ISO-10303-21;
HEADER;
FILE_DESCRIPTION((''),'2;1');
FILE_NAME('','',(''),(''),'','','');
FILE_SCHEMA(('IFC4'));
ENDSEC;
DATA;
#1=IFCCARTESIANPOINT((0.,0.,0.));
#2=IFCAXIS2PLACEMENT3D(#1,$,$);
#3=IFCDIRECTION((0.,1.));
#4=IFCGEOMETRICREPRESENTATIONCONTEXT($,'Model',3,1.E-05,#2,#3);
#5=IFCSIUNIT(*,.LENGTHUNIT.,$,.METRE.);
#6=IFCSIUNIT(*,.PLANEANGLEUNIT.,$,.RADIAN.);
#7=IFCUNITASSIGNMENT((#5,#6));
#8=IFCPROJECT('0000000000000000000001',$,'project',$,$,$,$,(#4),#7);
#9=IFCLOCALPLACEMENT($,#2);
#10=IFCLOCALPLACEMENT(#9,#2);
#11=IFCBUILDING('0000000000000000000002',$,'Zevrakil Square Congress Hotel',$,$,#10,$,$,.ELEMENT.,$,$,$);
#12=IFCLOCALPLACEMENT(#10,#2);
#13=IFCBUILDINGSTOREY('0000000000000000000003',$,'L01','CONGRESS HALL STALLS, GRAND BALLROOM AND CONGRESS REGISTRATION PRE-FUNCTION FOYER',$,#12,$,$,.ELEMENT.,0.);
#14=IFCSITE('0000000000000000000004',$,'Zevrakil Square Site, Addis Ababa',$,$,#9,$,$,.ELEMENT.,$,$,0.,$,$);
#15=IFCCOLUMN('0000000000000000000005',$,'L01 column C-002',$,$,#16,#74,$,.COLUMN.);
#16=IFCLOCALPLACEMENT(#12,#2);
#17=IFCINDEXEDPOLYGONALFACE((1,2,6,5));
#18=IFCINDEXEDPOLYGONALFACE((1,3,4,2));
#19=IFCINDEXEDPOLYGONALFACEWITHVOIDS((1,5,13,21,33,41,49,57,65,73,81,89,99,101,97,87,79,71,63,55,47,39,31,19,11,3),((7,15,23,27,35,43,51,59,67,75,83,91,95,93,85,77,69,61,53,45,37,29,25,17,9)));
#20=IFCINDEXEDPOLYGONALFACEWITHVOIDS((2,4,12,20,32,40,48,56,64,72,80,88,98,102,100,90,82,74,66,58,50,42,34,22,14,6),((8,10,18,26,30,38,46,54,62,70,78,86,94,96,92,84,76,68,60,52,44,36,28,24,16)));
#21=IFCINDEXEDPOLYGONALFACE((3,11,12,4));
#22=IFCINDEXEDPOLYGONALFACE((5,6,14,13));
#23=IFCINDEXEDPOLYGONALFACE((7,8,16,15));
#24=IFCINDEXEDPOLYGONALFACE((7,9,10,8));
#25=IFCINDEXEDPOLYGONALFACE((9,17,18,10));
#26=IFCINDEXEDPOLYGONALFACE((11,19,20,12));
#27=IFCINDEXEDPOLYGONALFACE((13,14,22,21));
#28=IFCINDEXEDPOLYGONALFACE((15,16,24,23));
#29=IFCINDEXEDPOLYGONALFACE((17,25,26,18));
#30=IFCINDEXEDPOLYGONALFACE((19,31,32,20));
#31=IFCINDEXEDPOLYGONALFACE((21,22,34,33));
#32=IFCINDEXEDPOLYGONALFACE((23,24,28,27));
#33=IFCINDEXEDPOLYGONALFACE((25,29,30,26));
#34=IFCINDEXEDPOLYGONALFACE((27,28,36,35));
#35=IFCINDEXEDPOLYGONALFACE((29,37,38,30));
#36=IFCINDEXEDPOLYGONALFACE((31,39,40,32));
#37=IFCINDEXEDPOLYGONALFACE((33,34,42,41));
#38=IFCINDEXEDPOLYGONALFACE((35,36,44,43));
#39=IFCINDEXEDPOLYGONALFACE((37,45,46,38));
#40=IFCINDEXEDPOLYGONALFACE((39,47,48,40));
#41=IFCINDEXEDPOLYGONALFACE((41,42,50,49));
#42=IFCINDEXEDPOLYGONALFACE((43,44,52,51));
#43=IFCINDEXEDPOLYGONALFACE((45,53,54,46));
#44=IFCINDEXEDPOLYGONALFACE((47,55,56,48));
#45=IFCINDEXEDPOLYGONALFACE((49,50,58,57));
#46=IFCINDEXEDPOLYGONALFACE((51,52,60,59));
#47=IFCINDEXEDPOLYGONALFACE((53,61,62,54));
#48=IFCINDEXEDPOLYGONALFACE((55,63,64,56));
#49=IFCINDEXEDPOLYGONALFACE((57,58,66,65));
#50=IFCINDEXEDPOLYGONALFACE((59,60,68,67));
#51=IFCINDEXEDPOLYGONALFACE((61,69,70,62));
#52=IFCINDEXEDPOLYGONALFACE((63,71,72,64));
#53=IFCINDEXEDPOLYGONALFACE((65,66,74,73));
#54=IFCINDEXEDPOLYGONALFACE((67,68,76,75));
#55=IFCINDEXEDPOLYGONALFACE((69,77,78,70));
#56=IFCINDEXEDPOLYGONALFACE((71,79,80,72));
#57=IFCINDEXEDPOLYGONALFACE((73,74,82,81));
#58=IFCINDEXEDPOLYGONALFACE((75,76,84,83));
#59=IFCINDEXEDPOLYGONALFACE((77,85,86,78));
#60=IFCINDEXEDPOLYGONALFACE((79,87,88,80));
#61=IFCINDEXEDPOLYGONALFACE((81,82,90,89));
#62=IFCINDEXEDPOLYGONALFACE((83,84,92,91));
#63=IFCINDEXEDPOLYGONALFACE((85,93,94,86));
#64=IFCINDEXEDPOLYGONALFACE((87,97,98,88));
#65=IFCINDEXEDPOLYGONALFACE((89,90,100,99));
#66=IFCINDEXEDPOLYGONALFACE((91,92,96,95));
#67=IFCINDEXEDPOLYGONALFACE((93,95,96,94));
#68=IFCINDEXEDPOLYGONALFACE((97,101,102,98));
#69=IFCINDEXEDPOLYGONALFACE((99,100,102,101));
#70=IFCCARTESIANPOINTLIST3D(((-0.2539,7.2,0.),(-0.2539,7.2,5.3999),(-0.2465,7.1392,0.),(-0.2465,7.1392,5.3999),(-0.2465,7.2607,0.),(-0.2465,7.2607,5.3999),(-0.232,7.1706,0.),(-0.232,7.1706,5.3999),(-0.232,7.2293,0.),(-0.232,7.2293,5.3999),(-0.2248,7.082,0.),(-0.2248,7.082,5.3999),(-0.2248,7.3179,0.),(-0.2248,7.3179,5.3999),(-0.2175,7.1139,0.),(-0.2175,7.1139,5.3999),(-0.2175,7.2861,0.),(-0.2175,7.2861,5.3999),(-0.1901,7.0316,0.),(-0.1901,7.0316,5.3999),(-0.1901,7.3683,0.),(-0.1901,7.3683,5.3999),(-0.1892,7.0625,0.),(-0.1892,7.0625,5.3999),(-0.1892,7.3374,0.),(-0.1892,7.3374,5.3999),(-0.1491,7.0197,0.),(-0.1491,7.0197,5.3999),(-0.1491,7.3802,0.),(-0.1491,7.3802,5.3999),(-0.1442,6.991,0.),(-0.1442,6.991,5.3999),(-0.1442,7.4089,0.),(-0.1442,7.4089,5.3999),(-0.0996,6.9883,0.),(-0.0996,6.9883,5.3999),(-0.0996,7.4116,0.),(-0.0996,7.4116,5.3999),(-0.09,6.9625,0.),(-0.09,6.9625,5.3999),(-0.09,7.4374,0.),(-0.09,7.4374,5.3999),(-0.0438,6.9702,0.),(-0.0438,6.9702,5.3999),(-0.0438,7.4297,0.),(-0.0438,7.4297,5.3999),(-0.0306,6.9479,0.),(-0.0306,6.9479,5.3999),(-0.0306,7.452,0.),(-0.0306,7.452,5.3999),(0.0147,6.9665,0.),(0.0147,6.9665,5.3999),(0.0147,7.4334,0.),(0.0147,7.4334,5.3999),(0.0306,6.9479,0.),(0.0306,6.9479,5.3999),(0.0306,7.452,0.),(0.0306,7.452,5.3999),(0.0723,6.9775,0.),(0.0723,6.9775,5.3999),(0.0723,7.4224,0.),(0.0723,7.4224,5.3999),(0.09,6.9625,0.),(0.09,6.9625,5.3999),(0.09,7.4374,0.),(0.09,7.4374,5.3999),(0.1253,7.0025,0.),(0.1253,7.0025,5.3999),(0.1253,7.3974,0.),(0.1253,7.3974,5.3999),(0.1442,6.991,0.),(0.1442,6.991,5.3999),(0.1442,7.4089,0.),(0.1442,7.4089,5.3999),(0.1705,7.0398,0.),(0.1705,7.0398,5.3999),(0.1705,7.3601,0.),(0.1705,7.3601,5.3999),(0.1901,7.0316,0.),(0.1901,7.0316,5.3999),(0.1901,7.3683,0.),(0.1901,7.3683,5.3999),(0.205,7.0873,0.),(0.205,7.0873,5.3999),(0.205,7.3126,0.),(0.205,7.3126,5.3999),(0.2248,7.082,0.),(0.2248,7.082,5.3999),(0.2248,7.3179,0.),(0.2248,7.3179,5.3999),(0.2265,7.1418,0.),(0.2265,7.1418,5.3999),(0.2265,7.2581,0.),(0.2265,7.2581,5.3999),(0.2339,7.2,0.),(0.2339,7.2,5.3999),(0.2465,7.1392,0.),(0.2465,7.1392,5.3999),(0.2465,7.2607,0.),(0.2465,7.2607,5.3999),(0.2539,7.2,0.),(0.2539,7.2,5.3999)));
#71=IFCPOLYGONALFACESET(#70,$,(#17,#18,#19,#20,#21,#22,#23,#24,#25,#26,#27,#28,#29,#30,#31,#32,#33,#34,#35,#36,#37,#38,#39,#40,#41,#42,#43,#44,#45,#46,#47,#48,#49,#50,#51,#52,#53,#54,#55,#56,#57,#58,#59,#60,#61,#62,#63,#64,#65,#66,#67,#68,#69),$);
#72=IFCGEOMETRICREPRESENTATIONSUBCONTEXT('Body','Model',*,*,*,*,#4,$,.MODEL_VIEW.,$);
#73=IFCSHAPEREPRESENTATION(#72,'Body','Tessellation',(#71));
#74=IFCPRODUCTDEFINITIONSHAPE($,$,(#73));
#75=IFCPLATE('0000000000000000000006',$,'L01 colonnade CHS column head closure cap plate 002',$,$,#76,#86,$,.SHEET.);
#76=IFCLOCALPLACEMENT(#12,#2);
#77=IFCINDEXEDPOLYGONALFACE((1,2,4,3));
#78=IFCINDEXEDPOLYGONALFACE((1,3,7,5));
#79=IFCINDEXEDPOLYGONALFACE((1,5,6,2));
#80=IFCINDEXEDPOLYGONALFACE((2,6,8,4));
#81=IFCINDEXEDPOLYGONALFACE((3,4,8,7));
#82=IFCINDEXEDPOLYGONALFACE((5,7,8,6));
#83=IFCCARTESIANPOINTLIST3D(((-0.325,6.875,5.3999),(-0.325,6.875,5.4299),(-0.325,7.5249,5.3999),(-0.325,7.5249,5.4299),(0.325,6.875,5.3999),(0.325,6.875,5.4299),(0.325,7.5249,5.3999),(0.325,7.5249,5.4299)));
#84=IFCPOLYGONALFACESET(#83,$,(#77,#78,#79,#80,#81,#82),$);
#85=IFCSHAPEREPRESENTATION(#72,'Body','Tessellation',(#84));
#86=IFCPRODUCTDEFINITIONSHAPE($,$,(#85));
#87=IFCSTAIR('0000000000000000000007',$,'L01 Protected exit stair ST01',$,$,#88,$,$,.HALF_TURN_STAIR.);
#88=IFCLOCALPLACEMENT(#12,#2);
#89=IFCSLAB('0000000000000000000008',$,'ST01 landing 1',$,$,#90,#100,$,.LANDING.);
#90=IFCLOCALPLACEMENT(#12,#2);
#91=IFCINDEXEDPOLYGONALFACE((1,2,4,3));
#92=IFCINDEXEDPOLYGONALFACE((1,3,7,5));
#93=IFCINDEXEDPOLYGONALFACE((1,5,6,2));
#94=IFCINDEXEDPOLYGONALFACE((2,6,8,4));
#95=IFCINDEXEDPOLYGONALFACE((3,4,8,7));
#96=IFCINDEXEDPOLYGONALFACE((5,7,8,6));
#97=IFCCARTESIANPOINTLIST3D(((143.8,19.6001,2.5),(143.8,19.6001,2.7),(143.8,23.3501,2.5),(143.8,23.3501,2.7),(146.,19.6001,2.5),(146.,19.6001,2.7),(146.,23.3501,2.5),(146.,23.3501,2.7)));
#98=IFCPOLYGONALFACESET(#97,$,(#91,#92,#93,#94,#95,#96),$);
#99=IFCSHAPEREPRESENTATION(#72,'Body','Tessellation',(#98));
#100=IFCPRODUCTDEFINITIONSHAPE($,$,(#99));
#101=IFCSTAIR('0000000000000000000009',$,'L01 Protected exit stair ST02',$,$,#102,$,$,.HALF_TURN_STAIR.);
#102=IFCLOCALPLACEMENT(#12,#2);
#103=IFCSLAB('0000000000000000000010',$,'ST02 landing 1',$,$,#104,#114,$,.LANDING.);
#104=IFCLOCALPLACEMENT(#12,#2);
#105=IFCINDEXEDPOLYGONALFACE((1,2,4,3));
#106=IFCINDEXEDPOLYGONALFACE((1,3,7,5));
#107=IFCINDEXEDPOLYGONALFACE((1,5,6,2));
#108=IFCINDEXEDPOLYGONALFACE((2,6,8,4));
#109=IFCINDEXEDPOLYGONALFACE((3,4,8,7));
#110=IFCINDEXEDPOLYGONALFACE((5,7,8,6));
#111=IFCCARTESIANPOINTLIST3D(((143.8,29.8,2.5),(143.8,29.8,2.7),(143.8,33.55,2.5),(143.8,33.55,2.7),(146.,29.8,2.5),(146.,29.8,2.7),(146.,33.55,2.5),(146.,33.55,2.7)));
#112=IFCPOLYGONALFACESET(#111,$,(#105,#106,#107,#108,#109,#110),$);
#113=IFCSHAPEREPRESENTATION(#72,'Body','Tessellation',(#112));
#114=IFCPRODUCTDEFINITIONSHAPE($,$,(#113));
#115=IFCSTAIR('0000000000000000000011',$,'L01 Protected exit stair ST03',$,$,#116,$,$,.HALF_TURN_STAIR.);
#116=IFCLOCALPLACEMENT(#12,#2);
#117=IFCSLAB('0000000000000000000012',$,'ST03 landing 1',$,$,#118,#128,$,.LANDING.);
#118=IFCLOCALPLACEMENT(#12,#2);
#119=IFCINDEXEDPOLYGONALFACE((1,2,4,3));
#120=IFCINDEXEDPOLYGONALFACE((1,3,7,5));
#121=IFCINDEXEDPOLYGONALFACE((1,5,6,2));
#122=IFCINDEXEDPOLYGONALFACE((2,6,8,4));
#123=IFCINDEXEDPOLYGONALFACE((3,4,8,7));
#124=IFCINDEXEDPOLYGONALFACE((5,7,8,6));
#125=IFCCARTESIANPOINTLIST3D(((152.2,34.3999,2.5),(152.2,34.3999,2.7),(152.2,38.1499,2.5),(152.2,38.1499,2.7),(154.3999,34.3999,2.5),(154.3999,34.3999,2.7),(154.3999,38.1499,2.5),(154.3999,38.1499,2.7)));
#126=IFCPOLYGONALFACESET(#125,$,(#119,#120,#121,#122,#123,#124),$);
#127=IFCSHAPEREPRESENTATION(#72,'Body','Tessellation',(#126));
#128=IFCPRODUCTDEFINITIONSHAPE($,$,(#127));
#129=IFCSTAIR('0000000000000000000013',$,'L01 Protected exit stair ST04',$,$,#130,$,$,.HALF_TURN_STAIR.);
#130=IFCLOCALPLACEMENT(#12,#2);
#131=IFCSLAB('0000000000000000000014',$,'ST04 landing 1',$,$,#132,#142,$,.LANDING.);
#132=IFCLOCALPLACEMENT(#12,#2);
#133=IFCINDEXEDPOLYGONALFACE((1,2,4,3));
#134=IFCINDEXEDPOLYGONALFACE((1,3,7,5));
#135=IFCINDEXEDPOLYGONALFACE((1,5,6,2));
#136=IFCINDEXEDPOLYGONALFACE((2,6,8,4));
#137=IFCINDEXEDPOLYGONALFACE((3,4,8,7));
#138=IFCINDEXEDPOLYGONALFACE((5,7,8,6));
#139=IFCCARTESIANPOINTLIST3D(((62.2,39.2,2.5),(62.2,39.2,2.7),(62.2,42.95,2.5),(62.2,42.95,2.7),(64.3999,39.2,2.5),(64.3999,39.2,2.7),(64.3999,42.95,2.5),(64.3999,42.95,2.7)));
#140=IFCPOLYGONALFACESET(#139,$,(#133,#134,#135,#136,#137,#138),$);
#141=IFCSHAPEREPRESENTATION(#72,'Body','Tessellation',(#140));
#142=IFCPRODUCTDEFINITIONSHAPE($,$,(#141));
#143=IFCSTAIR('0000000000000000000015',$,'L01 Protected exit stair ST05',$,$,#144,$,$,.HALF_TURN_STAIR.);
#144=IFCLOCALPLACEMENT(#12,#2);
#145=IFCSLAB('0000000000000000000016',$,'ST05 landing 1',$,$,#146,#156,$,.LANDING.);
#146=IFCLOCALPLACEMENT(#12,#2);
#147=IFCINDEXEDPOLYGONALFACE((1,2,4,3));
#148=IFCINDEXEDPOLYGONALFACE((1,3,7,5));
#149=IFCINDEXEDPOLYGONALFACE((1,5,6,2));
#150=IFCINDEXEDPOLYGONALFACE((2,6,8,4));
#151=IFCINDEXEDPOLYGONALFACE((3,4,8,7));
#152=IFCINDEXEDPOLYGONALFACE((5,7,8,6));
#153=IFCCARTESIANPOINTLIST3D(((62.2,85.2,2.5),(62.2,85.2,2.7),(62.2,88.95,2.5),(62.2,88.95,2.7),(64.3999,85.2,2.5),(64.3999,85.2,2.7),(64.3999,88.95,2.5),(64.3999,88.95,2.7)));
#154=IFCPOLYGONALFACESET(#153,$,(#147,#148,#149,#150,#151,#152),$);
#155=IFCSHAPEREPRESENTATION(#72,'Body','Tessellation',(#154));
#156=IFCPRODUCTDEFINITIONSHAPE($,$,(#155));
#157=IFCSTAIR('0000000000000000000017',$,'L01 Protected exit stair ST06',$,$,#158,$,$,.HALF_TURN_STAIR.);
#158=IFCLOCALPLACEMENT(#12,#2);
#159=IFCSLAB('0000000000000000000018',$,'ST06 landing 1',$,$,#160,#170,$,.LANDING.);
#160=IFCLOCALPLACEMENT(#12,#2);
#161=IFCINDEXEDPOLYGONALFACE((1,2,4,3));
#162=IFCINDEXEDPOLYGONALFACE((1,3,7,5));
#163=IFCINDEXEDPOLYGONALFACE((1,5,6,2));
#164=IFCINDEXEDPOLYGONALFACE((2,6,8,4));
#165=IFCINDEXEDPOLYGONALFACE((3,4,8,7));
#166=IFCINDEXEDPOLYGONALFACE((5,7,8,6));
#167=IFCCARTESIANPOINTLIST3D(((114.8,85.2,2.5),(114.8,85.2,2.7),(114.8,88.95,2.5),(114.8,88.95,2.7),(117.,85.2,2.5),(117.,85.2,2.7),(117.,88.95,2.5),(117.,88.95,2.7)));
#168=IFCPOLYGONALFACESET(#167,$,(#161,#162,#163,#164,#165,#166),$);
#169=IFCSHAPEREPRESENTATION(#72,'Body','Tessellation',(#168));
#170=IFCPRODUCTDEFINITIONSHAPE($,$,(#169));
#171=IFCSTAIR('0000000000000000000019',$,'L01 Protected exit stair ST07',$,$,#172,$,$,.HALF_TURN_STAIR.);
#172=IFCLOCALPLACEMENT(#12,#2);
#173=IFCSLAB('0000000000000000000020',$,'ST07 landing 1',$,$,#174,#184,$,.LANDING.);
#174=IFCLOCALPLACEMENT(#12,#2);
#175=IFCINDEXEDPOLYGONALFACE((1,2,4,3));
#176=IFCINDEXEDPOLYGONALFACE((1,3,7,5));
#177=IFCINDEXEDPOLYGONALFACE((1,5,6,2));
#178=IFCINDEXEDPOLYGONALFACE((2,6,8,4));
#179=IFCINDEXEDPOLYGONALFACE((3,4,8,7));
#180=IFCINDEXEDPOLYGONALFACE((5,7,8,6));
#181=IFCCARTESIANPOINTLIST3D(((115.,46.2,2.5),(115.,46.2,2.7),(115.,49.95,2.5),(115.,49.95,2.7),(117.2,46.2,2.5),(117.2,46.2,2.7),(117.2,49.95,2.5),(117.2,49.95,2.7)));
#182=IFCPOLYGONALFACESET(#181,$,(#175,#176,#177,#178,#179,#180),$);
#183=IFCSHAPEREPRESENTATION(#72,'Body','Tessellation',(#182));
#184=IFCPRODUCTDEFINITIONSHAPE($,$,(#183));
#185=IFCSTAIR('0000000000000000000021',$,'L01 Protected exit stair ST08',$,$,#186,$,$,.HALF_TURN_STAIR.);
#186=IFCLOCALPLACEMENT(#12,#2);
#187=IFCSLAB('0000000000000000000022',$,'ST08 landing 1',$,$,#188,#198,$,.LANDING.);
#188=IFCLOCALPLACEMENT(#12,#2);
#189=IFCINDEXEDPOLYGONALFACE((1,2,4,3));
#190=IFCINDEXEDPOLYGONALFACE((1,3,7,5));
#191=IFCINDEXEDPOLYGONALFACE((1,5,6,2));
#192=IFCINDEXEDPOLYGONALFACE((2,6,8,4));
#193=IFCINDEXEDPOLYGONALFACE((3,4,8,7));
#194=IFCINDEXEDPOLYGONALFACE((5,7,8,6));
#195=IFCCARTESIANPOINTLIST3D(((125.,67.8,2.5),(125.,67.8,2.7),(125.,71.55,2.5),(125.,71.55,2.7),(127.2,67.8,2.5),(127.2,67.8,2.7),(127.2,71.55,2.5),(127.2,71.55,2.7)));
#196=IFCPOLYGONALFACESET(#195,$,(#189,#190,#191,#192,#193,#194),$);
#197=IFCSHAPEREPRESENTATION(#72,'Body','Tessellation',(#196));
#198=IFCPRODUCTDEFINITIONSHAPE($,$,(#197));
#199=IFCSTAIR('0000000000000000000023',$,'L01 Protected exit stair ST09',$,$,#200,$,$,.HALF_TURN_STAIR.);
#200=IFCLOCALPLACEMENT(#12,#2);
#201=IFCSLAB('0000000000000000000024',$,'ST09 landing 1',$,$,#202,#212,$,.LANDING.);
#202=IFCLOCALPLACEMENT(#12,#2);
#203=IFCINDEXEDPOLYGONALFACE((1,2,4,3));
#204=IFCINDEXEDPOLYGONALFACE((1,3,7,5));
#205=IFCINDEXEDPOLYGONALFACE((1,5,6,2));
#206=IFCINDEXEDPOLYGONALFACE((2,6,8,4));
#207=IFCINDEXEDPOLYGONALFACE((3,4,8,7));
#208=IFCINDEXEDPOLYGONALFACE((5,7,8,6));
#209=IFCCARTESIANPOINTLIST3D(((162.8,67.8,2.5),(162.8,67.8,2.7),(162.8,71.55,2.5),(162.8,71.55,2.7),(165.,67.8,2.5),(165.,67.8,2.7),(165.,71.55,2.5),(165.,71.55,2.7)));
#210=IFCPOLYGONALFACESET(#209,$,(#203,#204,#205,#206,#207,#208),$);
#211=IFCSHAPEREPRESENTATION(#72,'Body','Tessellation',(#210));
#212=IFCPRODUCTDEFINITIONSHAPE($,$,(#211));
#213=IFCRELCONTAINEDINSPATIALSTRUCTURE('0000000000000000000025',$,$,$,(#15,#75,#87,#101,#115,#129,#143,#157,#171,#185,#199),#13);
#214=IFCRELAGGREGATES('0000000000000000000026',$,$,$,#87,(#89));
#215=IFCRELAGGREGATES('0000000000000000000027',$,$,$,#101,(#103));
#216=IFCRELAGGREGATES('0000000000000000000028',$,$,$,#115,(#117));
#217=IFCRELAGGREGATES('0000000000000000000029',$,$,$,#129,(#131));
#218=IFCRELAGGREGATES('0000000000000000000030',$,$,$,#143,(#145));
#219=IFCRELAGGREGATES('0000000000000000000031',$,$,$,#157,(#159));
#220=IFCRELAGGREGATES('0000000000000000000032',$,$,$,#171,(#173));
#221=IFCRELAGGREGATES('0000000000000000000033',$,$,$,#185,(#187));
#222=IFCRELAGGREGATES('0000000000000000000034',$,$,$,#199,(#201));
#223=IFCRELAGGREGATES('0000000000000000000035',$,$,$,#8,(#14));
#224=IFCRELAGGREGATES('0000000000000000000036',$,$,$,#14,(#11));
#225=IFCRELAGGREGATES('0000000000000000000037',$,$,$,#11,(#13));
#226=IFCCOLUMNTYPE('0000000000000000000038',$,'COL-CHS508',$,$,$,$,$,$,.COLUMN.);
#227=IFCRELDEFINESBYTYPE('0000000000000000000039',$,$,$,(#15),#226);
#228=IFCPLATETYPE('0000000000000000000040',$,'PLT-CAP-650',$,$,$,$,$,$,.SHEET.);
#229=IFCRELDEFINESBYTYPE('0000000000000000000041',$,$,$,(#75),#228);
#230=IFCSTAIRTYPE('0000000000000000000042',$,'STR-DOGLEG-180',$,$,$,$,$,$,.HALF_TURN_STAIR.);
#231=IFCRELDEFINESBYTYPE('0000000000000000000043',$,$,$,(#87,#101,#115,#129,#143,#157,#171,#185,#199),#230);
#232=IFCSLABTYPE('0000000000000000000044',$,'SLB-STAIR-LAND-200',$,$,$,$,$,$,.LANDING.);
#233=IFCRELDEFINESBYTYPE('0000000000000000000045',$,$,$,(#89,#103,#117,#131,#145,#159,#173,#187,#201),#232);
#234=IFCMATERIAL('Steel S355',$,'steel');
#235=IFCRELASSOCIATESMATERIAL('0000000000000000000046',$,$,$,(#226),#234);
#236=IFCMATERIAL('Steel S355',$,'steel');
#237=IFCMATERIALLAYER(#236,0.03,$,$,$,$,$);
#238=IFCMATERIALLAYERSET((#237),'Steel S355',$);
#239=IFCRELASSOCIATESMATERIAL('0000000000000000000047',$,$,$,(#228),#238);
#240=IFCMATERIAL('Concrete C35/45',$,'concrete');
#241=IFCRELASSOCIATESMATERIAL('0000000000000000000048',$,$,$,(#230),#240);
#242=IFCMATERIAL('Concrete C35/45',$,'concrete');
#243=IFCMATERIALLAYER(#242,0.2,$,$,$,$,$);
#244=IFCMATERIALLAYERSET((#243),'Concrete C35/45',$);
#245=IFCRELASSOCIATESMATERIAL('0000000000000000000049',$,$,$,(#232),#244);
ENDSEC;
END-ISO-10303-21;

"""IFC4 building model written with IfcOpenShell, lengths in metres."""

from ifc_helpers import new_model, si_unit, direction, frame, origin, origin_2d, place, context, subcontext, project, spatial, polyline, rectangle, hollow_circle, outline, extrude, material, layer, layer_set, material_profile, profile_set, type_object, element, aggregate, save


model = new_model("IFC4")

# Units and contexts
model_context = context("Model", 3, precision=1e-05, world=origin(), true_north=direction((0.0, 1.0)))
body_context = subcontext(model_context, "Body", "Model", "MODEL_VIEW")
ifc_project = project(units=[si_unit("LENGTHUNIT", "METRE"), si_unit("PLANEANGLEUNIT", "RADIAN")], contexts=[model_context])

# Site, building, storey
site_placement = place(None, origin())
site = spatial("IfcSite", under=ifc_project, at=site_placement, Name="Zevrakil Square Site, Addis Ababa", CompositionType="ELEMENT", RefElevation=0.0)
building_placement = place(site_placement, origin())
building = spatial("IfcBuilding", under=site, at=building_placement, Name="Zevrakil Square Congress Hotel", CompositionType="ELEMENT")
storey_placement = place(building_placement, origin())
storey = spatial("IfcBuildingStorey", under=building, at=storey_placement, Name="L01", Description="CONGRESS HALL STALLS, GRAND BALLROOM AND CONGRESS REGISTRATION PRE-FUNCTION FOYER", CompositionType="ELEMENT", Elevation=0.0)

# Column
ifc_material_1 = material(Name="Steel S355", Category="steel")
ifc_material_profile = material_profile(ifc_material_1, hollow_circle(Radius=0.2539, WallThickness=0.02, at=origin_2d()), Name="CHS 508x20")
ifc_profile_set = profile_set([ifc_material_profile], Name="Steel S355")
column_type = type_object("IfcColumnType", Name="COL-CHS508", PredefinedType="COLUMN", material=ifc_profile_set)
column_placement = place(storey_placement, frame((0.0, 7.2, 0.0), z_axis=(0.0, 0.0, 1.0), x_axis=(1.0, 0.0, 0.0)))
element("IfcColumn", 1, at=column_placement, inside=storey, type_object=column_type, Name="L01 column C-002", PredefinedType="COLUMN", context=body_context, shape_type="SweptSolid", body=[
    extrude(hollow_circle(Radius=0.2539, WallThickness=0.02, at=origin_2d()), origin(), (0.0, 0.0, 1.0), 5.3999),
])

# Plate
ifc_material_2 = material(Name="Steel S355", Category="steel")
ifc_layer_1 = layer(ifc_material_2, 0.03)
ifc_layer_set_1 = layer_set([ifc_layer_1], Name="Steel S355")
plate_type = type_object("IfcPlateType", Name="PLT-CAP-650", PredefinedType="SHEET", material=ifc_layer_set_1)
plate_placement = place(storey_placement, frame((0.0, 7.2, 5.3999), z_axis=(0.0, 0.0, 1.0), x_axis=(1.0, 0.0, 0.0)))
element("IfcPlate", 2, at=plate_placement, inside=storey, type_object=plate_type, Name="L01 colonnade CHS column head closure cap plate 002", PredefinedType="SHEET", context=body_context, shape_type="SweptSolid", body=[
    extrude(rectangle(XDim=0.6499, YDim=0.6499, at=origin_2d()), origin(), (0.0, 0.0, 1.0), 0.03),
])

# Stairs, slabs
ifc_material_3 = material(Name="Concrete C35/45", Category="concrete")
stair_type = type_object("IfcStairType", Name="STR-DOGLEG-180", PredefinedType="HALF_TURN_STAIR", material=ifc_material_3)
stair_1_placement = place(storey_placement, origin())
stair_1 = element("IfcStair", 3, at=stair_1_placement, inside=storey, type_object=stair_type, Name="L01 Protected exit stair ST01", PredefinedType="HALF_TURN_STAIR")
ifc_material_4 = material(Name="Concrete C35/45", Category="concrete")
ifc_layer_2 = layer(ifc_material_4, 0.2)
ifc_layer_set_2 = layer_set([ifc_layer_2], Name="Concrete C35/45")
slab_type = type_object("IfcSlabType", Name="SLB-STAIR-LAND-200", PredefinedType="LANDING", material=ifc_layer_set_2)
slab_1_placement = place(storey_placement, frame((0.0, 0.0, 2.5)))
slab_1 = element("IfcSlab", 4, at=slab_1_placement, type_object=slab_type, Name="ST01 landing 1", PredefinedType="LANDING", context=body_context, shape_type="SweptSolid", body=[
    extrude(outline(polyline([(143.8, 19.6001), (146.0, 19.6001), (146.0, 23.3501), (143.8, 23.3501), (143.8, 19.6001)])), origin(), (0.0, 0.0, 1.0), 0.2),
])
aggregate(stair_1, [slab_1])
stair_2_placement = place(storey_placement, origin())
stair_2 = element("IfcStair", 5, at=stair_2_placement, inside=storey, type_object=stair_type, Name="L01 Protected exit stair ST02", PredefinedType="HALF_TURN_STAIR")
slab_2_placement = place(storey_placement, frame((0.0, 0.0, 2.5)))
slab_2 = element("IfcSlab", 6, at=slab_2_placement, type_object=slab_type, Name="ST02 landing 1", PredefinedType="LANDING", context=body_context, shape_type="SweptSolid", body=[
    extrude(outline(polyline([(143.8, 29.8), (146.0, 29.8), (146.0, 33.55), (143.8, 33.55), (143.8, 29.8)])), origin(), (0.0, 0.0, 1.0), 0.2),
])
aggregate(stair_2, [slab_2])
stair_3_placement = place(storey_placement, origin())
stair_3 = element("IfcStair", 7, at=stair_3_placement, inside=storey, type_object=stair_type, Name="L01 Protected exit stair ST03", PredefinedType="HALF_TURN_STAIR")
slab_3_placement = place(storey_placement, frame((0.0, 0.0, 2.5)))
slab_3 = element("IfcSlab", 8, at=slab_3_placement, type_object=slab_type, Name="ST03 landing 1", PredefinedType="LANDING", context=body_context, shape_type="SweptSolid", body=[
    extrude(outline(polyline([(152.2, 34.3999), (154.3999, 34.3999), (154.3999, 38.1499), (152.2, 38.1499), (152.2, 34.3999)])), origin(), (0.0, 0.0, 1.0), 0.2),
])
aggregate(stair_3, [slab_3])
stair_4_placement = place(storey_placement, origin())
stair_4 = element("IfcStair", 9, at=stair_4_placement, inside=storey, type_object=stair_type, Name="L01 Protected exit stair ST04", PredefinedType="HALF_TURN_STAIR")
slab_4_placement = place(storey_placement, frame((0.0, 0.0, 2.5)))
slab_4 = element("IfcSlab", 10, at=slab_4_placement, type_object=slab_type, Name="ST04 landing 1", PredefinedType="LANDING", context=body_context, shape_type="SweptSolid", body=[
    extrude(outline(polyline([(62.2, 39.2), (64.3999, 39.2), (64.3999, 42.95), (62.2, 42.95), (62.2, 39.2)])), origin(), (0.0, 0.0, 1.0), 0.2),
])
aggregate(stair_4, [slab_4])
stair_5_placement = place(storey_placement, origin())
stair_5 = element("IfcStair", 11, at=stair_5_placement, inside=storey, type_object=stair_type, Name="L01 Protected exit stair ST05", PredefinedType="HALF_TURN_STAIR")
slab_5_placement = place(storey_placement, frame((0.0, 0.0, 2.5)))
slab_5 = element("IfcSlab", 12, at=slab_5_placement, type_object=slab_type, Name="ST05 landing 1", PredefinedType="LANDING", context=body_context, shape_type="SweptSolid", body=[
    extrude(outline(polyline([(62.2, 85.2), (64.3999, 85.2), (64.3999, 88.95), (62.2, 88.95), (62.2, 85.2)])), origin(), (0.0, 0.0, 1.0), 0.2),
])
aggregate(stair_5, [slab_5])
stair_6_placement = place(storey_placement, origin())
stair_6 = element("IfcStair", 13, at=stair_6_placement, inside=storey, type_object=stair_type, Name="L01 Protected exit stair ST06", PredefinedType="HALF_TURN_STAIR")
slab_6_placement = place(storey_placement, frame((0.0, 0.0, 2.5)))
slab_6 = element("IfcSlab", 14, at=slab_6_placement, type_object=slab_type, Name="ST06 landing 1", PredefinedType="LANDING", context=body_context, shape_type="SweptSolid", body=[
    extrude(outline(polyline([(114.8, 85.2), (117.0, 85.2), (117.0, 88.95), (114.8, 88.95), (114.8, 85.2)])), origin(), (0.0, 0.0, 1.0), 0.2),
])
aggregate(stair_6, [slab_6])
stair_7_placement = place(storey_placement, origin())
stair_7 = element("IfcStair", 15, at=stair_7_placement, inside=storey, type_object=stair_type, Name="L01 Protected exit stair ST07", PredefinedType="HALF_TURN_STAIR")
slab_7_placement = place(storey_placement, frame((0.0, 0.0, 2.5)))
slab_7 = element("IfcSlab", 16, at=slab_7_placement, type_object=slab_type, Name="ST07 landing 1", PredefinedType="LANDING", context=body_context, shape_type="SweptSolid", body=[
    extrude(outline(polyline([(115.0, 46.2), (117.2, 46.2), (117.2, 49.95), (115.0, 49.95), (115.0, 46.2)])), origin(), (0.0, 0.0, 1.0), 0.2),
])
aggregate(stair_7, [slab_7])
stair_8_placement = place(storey_placement, origin())
stair_8 = element("IfcStair", 17, at=stair_8_placement, inside=storey, type_object=stair_type, Name="L01 Protected exit stair ST08", PredefinedType="HALF_TURN_STAIR")
slab_8_placement = place(storey_placement, frame((0.0, 0.0, 2.5)))
slab_8 = element("IfcSlab", 18, at=slab_8_placement, type_object=slab_type, Name="ST08 landing 1", PredefinedType="LANDING", context=body_context, shape_type="SweptSolid", body=[
    extrude(outline(polyline([(125.0, 67.8), (127.2, 67.8), (127.2, 71.55), (125.0, 71.55), (125.0, 67.8)])), origin(), (0.0, 0.0, 1.0), 0.2),
])
aggregate(stair_8, [slab_8])
stair_9_placement = place(storey_placement, origin())
stair_9 = element("IfcStair", 19, at=stair_9_placement, inside=storey, type_object=stair_type, Name="L01 Protected exit stair ST09", PredefinedType="HALF_TURN_STAIR")
slab_9_placement = place(storey_placement, frame((0.0, 0.0, 2.5)))
slab_9 = element("IfcSlab", 20, at=slab_9_placement, type_object=slab_type, Name="ST09 landing 1", PredefinedType="LANDING", context=body_context, shape_type="SweptSolid", body=[
    extrude(outline(polyline([(162.8, 67.8), (165.0, 67.8), (165.0, 71.55), (162.8, 71.55), (162.8, 67.8)])), origin(), (0.0, 0.0, 1.0), 0.2),
])
aggregate(stair_9, [slab_9])

save(model, "model.ifc")
